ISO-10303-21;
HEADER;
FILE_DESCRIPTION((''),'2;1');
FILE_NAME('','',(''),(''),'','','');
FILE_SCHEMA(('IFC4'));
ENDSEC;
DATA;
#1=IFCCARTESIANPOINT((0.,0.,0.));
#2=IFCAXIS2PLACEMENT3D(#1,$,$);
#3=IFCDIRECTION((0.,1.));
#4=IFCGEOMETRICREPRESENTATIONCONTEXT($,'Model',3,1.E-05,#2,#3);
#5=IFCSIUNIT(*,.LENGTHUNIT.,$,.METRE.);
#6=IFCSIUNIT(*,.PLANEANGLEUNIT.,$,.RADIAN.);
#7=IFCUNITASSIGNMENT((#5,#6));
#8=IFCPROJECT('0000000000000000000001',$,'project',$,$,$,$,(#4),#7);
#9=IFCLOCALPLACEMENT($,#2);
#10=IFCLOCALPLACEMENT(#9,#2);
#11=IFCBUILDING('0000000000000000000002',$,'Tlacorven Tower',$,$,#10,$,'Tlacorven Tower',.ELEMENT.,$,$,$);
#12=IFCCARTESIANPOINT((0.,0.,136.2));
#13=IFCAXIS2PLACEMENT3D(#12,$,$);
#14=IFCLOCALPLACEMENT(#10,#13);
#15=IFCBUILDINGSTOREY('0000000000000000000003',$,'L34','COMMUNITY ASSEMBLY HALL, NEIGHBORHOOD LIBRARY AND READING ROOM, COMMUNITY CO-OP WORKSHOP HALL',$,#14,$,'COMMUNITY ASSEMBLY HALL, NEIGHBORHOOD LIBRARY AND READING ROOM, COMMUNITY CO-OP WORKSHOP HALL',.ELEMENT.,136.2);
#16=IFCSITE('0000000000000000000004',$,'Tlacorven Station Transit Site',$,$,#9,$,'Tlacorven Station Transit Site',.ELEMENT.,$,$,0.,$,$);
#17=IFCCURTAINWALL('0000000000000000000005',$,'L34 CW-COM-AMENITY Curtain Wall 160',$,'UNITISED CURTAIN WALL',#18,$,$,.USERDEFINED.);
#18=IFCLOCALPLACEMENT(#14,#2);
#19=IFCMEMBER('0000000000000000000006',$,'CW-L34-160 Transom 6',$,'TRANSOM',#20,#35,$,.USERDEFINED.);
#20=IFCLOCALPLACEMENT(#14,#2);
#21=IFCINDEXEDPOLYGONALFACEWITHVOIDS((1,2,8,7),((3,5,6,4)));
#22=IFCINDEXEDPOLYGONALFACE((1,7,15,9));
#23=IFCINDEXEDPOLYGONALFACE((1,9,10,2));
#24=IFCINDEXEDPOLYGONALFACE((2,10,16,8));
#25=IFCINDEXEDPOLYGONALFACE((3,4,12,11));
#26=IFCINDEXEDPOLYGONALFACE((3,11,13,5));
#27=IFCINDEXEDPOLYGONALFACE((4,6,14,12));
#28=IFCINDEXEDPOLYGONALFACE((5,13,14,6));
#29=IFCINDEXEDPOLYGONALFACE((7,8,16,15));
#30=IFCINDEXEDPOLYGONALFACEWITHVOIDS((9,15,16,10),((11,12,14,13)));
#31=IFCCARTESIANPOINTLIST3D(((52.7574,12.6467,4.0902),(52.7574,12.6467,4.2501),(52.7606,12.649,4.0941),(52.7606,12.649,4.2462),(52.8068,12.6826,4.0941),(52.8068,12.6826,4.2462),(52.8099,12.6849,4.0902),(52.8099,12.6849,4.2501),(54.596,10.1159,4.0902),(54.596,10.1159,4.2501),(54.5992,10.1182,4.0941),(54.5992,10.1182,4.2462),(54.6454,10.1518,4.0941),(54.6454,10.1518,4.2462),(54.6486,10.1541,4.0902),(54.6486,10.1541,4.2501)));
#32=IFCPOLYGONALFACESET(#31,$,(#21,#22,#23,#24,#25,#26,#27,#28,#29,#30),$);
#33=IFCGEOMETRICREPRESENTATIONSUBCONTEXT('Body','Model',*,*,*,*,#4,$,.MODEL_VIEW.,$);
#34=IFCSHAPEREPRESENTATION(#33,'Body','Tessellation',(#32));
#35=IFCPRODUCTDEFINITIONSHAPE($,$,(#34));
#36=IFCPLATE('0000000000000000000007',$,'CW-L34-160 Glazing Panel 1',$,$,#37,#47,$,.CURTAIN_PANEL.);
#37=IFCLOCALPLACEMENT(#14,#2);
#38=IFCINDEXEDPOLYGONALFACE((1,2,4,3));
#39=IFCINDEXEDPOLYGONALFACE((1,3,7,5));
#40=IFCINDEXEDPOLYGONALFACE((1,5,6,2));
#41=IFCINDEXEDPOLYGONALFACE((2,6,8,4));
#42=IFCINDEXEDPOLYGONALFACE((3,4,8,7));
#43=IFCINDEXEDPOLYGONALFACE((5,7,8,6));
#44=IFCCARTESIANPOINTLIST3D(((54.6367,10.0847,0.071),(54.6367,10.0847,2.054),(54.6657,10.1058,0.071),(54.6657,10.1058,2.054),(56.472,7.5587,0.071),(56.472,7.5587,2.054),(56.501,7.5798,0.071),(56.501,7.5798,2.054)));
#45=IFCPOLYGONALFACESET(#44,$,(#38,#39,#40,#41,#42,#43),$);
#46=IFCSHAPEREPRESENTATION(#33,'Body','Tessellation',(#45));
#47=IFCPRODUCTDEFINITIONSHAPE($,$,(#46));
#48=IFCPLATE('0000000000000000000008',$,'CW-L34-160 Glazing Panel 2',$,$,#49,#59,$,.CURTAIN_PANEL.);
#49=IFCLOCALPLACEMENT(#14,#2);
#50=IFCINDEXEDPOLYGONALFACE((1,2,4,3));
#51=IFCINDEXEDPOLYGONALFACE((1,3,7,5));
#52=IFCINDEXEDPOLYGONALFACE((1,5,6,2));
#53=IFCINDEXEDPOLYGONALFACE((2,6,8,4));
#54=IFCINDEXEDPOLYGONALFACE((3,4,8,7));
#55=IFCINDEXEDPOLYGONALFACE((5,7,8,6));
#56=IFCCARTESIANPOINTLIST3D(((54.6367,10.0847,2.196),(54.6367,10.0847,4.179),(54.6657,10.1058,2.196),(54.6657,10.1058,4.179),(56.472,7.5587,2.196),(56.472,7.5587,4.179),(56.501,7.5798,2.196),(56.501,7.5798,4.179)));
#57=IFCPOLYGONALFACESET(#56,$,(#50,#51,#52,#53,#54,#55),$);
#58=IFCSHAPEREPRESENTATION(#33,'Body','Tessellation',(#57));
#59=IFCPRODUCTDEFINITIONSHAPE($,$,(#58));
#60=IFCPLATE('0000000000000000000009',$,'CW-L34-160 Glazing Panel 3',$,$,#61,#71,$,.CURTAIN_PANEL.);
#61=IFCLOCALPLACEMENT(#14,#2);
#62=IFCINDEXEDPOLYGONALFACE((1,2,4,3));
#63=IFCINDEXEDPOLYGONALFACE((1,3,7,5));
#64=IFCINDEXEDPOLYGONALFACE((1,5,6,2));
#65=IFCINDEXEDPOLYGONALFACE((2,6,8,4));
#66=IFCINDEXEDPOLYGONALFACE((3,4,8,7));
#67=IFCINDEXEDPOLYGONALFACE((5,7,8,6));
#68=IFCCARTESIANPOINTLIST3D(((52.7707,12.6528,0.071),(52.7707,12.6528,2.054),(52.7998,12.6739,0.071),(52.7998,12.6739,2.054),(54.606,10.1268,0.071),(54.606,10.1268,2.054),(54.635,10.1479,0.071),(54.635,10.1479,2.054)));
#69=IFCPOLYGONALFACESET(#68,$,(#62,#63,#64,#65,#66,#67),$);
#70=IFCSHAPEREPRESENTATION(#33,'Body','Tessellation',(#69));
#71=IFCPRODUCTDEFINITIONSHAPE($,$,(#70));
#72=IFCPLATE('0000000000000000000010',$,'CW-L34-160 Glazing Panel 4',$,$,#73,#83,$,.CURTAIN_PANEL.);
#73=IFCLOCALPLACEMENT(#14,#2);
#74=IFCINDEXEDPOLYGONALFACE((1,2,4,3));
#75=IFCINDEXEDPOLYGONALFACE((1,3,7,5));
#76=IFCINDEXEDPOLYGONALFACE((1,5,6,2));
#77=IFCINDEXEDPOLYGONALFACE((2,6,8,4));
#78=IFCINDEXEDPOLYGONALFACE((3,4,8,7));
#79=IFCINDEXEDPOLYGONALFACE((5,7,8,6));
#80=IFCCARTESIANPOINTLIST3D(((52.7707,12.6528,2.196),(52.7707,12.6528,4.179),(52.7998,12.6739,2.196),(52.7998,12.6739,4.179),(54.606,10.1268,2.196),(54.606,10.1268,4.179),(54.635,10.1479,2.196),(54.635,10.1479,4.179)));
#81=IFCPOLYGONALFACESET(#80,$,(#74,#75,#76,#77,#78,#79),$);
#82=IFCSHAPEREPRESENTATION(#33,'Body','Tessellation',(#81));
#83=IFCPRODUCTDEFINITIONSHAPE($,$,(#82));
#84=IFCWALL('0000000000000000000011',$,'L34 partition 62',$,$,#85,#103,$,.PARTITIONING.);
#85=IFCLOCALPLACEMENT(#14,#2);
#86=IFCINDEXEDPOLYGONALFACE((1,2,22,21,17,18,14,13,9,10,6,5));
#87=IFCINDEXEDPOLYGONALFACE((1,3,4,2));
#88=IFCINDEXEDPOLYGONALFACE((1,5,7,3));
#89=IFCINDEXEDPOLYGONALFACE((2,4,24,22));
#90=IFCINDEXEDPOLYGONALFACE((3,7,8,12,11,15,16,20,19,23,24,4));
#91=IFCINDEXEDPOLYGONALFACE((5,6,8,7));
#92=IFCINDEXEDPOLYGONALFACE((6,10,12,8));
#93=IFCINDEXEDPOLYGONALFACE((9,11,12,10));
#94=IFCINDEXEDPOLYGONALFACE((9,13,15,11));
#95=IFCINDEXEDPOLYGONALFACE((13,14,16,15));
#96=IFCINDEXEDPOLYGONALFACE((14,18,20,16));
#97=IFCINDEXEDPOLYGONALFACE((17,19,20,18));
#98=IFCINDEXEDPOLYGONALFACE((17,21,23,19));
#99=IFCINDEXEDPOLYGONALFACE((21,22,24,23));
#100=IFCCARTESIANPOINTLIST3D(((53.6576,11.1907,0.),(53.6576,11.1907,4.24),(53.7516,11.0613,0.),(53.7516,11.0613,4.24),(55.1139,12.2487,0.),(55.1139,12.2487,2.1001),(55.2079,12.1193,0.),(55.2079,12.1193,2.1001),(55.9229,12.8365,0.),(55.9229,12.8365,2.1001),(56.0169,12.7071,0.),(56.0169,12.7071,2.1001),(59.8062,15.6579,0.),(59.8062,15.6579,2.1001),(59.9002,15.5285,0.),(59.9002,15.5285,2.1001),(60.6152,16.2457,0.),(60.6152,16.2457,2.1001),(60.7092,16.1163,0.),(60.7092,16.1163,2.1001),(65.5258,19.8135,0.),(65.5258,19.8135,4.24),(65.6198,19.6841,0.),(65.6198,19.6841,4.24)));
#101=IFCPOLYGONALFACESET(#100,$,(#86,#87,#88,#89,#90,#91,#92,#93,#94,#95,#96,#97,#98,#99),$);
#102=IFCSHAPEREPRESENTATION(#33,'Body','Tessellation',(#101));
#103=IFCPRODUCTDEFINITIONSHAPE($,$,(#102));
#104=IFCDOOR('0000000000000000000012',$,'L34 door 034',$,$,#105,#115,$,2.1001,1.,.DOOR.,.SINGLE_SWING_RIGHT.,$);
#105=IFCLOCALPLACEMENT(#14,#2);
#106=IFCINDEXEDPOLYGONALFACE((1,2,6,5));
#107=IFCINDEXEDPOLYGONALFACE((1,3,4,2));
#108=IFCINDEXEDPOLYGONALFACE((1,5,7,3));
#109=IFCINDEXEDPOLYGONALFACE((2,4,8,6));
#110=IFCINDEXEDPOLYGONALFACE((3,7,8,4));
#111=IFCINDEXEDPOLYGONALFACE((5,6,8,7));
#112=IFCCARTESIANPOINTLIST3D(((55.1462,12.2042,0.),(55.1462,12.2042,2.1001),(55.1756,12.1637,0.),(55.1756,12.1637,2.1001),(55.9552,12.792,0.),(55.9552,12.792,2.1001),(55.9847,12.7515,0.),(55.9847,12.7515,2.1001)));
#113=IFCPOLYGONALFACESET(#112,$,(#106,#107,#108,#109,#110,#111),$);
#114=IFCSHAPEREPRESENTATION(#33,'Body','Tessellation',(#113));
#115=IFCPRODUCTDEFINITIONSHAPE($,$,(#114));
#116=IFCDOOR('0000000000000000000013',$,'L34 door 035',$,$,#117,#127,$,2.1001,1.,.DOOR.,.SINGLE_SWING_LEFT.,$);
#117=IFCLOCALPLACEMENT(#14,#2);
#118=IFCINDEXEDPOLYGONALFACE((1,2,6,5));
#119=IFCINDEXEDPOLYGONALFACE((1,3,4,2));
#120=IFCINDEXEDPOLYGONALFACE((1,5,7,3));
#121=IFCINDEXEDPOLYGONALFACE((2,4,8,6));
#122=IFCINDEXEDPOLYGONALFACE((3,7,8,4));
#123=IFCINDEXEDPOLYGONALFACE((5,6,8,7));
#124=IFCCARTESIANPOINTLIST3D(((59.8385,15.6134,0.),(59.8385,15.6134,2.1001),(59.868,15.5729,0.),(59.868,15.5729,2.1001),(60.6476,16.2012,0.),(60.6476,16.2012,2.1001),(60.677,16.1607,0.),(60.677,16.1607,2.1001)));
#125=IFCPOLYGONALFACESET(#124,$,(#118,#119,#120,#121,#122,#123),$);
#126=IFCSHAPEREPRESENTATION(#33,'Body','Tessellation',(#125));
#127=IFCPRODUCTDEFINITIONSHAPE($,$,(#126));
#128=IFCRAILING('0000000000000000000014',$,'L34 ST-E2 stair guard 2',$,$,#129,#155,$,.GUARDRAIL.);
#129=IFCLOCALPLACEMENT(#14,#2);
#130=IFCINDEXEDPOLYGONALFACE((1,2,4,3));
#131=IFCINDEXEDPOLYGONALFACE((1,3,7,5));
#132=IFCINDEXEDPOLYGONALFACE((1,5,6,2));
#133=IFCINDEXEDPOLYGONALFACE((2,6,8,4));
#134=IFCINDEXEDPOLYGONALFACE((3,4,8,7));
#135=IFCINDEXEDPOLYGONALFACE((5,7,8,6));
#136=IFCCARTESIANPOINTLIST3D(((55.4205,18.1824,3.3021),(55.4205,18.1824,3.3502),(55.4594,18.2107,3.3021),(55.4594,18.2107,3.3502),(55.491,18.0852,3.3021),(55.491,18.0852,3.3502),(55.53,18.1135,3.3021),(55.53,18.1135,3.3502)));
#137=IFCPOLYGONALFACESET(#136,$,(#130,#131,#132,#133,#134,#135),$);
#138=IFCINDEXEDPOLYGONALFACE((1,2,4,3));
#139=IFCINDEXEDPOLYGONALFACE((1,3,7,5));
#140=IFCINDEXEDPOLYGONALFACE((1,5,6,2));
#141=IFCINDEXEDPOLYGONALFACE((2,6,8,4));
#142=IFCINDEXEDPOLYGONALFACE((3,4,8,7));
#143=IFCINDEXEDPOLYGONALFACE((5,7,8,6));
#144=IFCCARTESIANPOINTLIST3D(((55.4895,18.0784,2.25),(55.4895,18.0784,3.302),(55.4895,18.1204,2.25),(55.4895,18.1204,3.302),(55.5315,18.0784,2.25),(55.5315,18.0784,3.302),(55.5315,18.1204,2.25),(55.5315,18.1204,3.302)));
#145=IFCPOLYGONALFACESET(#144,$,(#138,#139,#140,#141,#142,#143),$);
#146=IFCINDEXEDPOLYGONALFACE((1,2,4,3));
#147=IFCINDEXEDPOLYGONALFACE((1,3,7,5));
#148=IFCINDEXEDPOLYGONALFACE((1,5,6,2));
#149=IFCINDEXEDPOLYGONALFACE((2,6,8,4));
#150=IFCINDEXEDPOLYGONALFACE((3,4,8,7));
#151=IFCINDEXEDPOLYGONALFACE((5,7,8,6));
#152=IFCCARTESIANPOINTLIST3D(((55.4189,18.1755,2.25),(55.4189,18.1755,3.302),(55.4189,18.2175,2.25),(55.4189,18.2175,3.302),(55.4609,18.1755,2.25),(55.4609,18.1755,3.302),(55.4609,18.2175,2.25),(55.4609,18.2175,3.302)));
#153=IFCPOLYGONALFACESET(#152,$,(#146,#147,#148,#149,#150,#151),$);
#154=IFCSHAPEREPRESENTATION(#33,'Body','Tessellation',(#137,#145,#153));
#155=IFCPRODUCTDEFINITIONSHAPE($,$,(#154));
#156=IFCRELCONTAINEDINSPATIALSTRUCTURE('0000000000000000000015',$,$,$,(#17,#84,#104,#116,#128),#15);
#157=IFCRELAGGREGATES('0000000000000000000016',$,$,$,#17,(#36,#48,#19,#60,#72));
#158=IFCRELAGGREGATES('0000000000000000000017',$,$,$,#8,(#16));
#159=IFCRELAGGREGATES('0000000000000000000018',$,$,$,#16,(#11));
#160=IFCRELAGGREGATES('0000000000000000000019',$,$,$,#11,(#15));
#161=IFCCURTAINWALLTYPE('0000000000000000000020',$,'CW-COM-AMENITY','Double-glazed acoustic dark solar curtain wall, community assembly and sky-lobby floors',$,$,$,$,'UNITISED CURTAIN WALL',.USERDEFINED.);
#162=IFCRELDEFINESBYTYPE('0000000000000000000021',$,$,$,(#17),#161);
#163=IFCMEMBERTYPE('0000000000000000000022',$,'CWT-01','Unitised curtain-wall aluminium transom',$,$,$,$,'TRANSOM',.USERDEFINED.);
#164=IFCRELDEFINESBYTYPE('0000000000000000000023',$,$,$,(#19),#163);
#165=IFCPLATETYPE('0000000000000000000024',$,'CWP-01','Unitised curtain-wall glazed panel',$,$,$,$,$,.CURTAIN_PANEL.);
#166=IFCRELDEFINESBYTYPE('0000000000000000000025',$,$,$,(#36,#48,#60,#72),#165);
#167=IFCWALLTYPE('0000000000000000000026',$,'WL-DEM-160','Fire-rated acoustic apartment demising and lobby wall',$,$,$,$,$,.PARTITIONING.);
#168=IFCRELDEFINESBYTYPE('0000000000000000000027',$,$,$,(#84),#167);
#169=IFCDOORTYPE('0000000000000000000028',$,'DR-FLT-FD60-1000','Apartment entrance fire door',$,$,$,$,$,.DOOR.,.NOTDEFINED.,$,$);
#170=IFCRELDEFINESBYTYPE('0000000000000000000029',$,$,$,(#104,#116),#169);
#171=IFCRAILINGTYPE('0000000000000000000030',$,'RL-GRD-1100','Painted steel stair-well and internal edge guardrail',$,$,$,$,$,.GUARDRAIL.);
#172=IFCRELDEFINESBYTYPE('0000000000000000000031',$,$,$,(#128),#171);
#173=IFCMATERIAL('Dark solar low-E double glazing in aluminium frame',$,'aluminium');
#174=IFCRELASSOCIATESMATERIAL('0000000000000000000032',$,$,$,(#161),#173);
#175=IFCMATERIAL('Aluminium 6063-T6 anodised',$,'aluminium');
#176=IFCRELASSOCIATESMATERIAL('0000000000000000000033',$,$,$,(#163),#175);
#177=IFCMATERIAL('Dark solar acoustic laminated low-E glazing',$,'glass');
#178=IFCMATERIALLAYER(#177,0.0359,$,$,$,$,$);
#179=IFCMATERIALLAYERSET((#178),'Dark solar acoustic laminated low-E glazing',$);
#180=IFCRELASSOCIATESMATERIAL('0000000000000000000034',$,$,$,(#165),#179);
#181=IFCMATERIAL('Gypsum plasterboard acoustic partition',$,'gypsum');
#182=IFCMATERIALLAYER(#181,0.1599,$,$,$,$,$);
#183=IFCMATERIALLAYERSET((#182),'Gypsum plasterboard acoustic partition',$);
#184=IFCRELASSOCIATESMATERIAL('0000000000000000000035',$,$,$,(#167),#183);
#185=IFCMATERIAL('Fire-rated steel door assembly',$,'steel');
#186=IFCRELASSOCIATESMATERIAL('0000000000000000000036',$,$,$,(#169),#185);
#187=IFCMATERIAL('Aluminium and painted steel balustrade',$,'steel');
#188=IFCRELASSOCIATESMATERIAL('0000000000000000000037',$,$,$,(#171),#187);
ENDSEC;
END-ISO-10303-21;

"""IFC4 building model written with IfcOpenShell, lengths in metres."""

from ifc_helpers import new_model, si_unit, direction, frame, frame_2d, origin, origin_2d, place, context, subcontext, project, spatial, rectangle, hollow_rectangle, extrude, source, transform, mapped, material, layer, layer_set, material_profile, profile_set, type_object, element, fill, aggregate, save


model = new_model("IFC4")

# Units and contexts
model_context = context("Model", 3, precision=1e-05, world=origin(), true_north=direction((0.0, 1.0)))
body_context = subcontext(model_context, "Body", "Model", "MODEL_VIEW")
ifc_project = project(units=[si_unit("LENGTHUNIT", "METRE"), si_unit("PLANEANGLEUNIT", "RADIAN")], contexts=[model_context])

# Site, building, storey
site_placement = place(None, origin())
site = spatial("IfcSite", under=ifc_project, at=site_placement, Name="Tlacorven Station Transit Site", LongName="Tlacorven Station Transit Site", CompositionType="ELEMENT", RefElevation=0.0)
building_placement = place(site_placement, origin())
building = spatial("IfcBuilding", under=site, at=building_placement, Name="Tlacorven Tower", LongName="Tlacorven Tower", CompositionType="ELEMENT")
storey_placement = place(building_placement, frame((0.0, 0.0, 136.2)))
storey = spatial("IfcBuildingStorey", under=building, at=storey_placement, Name="L34", Description="COMMUNITY ASSEMBLY HALL, NEIGHBORHOOD LIBRARY AND READING ROOM, COMMUNITY CO-OP WORKSHOP HALL", LongName="COMMUNITY ASSEMBLY HALL, NEIGHBORHOOD LIBRARY AND READING ROOM, COMMUNITY CO-OP WORKSHOP HALL", CompositionType="ELEMENT", Elevation=136.2)

# Curtain wall, member, plates
ifc_material_1 = material(Name="Dark solar low-E double glazing in aluminium frame", Category="aluminium")
curtain_wall_type = type_object("IfcCurtainWallType", Name="CW-COM-AMENITY", Description="Double-glazed acoustic dark solar curtain wall, community assembly and sky-lobby floors", ElementType="UNITISED CURTAIN WALL", PredefinedType="USERDEFINED", material=ifc_material_1)
curtain_wall_placement = place(storey_placement, origin())
curtain_wall = element("IfcCurtainWall", 1, at=curtain_wall_placement, inside=storey, type_object=curtain_wall_type, Name="L34 CW-COM-AMENITY Curtain Wall 160", ObjectType="UNITISED CURTAIN WALL", PredefinedType="USERDEFINED")
ifc_material_2 = material(Name="Aluminium 6063-T6 anodised", Category="aluminium")
ifc_material_profile_1 = material_profile(ifc_material_2, hollow_rectangle(XDim=0.0649, YDim=0.1599, WallThickness=0.0039, at=origin_2d()), Name="ALU TRANSOM 65X160")
ifc_profile_set_1 = profile_set([ifc_material_profile_1], Name="Aluminium 6063-T6 anodised")
member_type_1 = type_object("IfcMemberType", Name="CWT-01", Description="Unitised curtain-wall aluminium transom", ElementType="TRANSOM", PredefinedType="USERDEFINED", material=ifc_profile_set_1)
shared_shape_1 = source(origin(), body_context, "Body", "SweptSolid", [
    extrude(hollow_rectangle(XDim=0.0649, YDim=0.1599, WallThickness=0.0039, at=origin_2d()), origin(), (0.0, 0.0, 1.0), 3.1282),
])
member_1_placement = place(storey_placement, frame((54.6223, 10.135, 4.1702), z_axis=(-0.587768, 0.80903, 0.0), x_axis=(-0.80903, -0.587768, 0.0)))
member_1 = element("IfcMember", 2, at=member_1_placement, type_object=member_type_1, Name="CW-L34-160 Transom 6", ObjectType="TRANSOM", PredefinedType="USERDEFINED", context=body_context, shape_type="MappedRepresentation", body=[
    mapped(shared_shape_1, transform((0.0, 0.0, 0.0), scale=1.0)),
])
ifc_material_3 = material(Name="Dark solar acoustic laminated low-E glazing", Category="glass")
ifc_layer_1 = layer(ifc_material_3, 0.0359)
ifc_layer_set_1 = layer_set([ifc_layer_1], Name="Dark solar acoustic laminated low-E glazing")
plate_type = type_object("IfcPlateType", Name="CWP-01", Description="Unitised curtain-wall glazed panel", PredefinedType="CURTAIN_PANEL", material=ifc_layer_set_1)
shared_shape_2 = source(origin(), body_context, "Body", "SweptSolid", [
    extrude(rectangle(XDim=3.1223, YDim=0.0359, at=origin_2d()), origin(), (0.0, 0.0, 1.0), 1.9829),
])
plate_1_placement = place(storey_placement, frame((55.5688, 8.8323, 0.071), z_axis=(0.0, 0.0, 1.0), x_axis=(-0.587785, 0.809017, 0.0)))
plate_1 = element("IfcPlate", 3, at=plate_1_placement, type_object=plate_type, Name="CW-L34-160 Glazing Panel 1", PredefinedType="CURTAIN_PANEL", context=body_context, shape_type="MappedRepresentation", body=[
    mapped(shared_shape_2, transform((0.0, 0.0, 0.0), scale=1.0)),
])
plate_2_placement = place(storey_placement, frame((55.5688, 8.8323, 2.196), z_axis=(0.0, 0.0, 1.0), x_axis=(-0.587785, 0.809017, 0.0)))
plate_2 = element("IfcPlate", 4, at=plate_2_placement, type_object=plate_type, Name="CW-L34-160 Glazing Panel 2", PredefinedType="CURTAIN_PANEL", context=body_context, shape_type="MappedRepresentation", body=[
    mapped(shared_shape_2, transform((0.0, 0.0, 0.0), scale=1.0)),
])
plate_3_placement = place(storey_placement, frame((53.7029, 11.4004, 0.071), z_axis=(0.0, 0.0, 1.0), x_axis=(-0.587785, 0.809017, 0.0)))
plate_3 = element("IfcPlate", 5, at=plate_3_placement, type_object=plate_type, Name="CW-L34-160 Glazing Panel 3", PredefinedType="CURTAIN_PANEL", context=body_context, shape_type="MappedRepresentation", body=[
    mapped(shared_shape_2, transform((0.0, 0.0, 0.0), scale=1.0)),
])
plate_4_placement = place(storey_placement, frame((53.7029, 11.4004, 2.196), z_axis=(0.0, 0.0, 1.0), x_axis=(-0.587785, 0.809017, 0.0)))
plate_4 = element("IfcPlate", 6, at=plate_4_placement, type_object=plate_type, Name="CW-L34-160 Glazing Panel 4", PredefinedType="CURTAIN_PANEL", context=body_context, shape_type="MappedRepresentation", body=[
    mapped(shared_shape_2, transform((0.0, 0.0, 0.0), scale=1.0)),
])
aggregate(curtain_wall, [plate_1, plate_2, member_1, plate_3, plate_4])

# Wall, openings, doors
ifc_material_4 = material(Name="Gypsum plasterboard acoustic partition", Category="gypsum")
ifc_layer_2 = layer(ifc_material_4, 0.1599)
ifc_layer_set_2 = layer_set([ifc_layer_2], Name="Gypsum plasterboard acoustic partition")
wall_type = type_object("IfcWallType", Name="WL-DEM-160", Description="Fire-rated acoustic apartment demising and lobby wall", PredefinedType="PARTITIONING", material=ifc_layer_set_2)
wall_placement = place(storey_placement, frame((53.7046, 11.126, 0.0), z_axis=(0.0, 0.0, 1.0), x_axis=(0.809015, 0.587789, 0.0)))
wall = element("IfcWall", 7, at=wall_placement, inside=storey, type_object=wall_type, Name="L34 partition 62", PredefinedType="PARTITIONING", context=body_context, shape_type="SweptSolid", body=[
    extrude(rectangle(XDim=14.6699, YDim=0.1599, at=frame_2d((7.335, 0.0))), origin(), (0.0, 0.0, 1.0), 4.24),
])
opening_1_placement = place(wall_placement, frame((1.8, 0.0, 0.0)))
opening_1 = element("IfcOpeningElement", 8, at=opening_1_placement, cuts=wall, PredefinedType="OPENING", context=body_context, shape_type="SweptSolid", body=[
    extrude(rectangle(XDim=1.0, YDim=2.1001, at=frame_2d((0.5, 1.05))), frame((0.0, 0.0898, 0.0), z_axis=(0.0, -1.0, 0.0), x_axis=(1.0, 0.0, 0.0)), (0.0, 0.0, 1.0), 0.1799),
])
opening_2_placement = place(wall_placement, frame((7.6001, 0.0, 0.0)))
opening_2 = element("IfcOpeningElement", 9, at=opening_2_placement, cuts=wall, PredefinedType="OPENING", context=body_context, shape_type="SweptSolid", body=[
    extrude(rectangle(XDim=1.0, YDim=2.1001, at=frame_2d((0.5, 1.05))), frame((0.0, 0.0898, 0.0), z_axis=(0.0, -1.0, 0.0), x_axis=(1.0, 0.0, 0.0)), (0.0, 0.0, 1.0), 0.1799),
])
ifc_material_5 = material(Name="Fire-rated steel door assembly", Category="steel")
door_type = type_object("IfcDoorType", Name="DR-FLT-FD60-1000", Description="Apartment entrance fire door", OperationType="NOTDEFINED", PredefinedType="DOOR", material=ifc_material_5)
shared_shape_3 = source(origin(), body_context, "Body", "SweptSolid", [
    extrude(rectangle(XDim=1.0, YDim=2.1001, at=frame_2d((0.5, 1.05))), frame((0.0, 0.0249, 0.0), z_axis=(0.0, -1.0, 0.0), x_axis=(1.0, 0.0, 0.0)), (0.0, 0.0, 1.0), 0.05),
])
door_1_placement = place(opening_1_placement, origin())
door_1 = element("IfcDoor", 10, at=door_1_placement, inside=storey, type_object=door_type, Name="L34 door 034", OperationType="SINGLE_SWING_RIGHT", OverallHeight=2.1001, OverallWidth=1.0, PredefinedType="DOOR", context=body_context, shape_type="MappedRepresentation", body=[
    mapped(shared_shape_3, transform((0.0, 0.0, 0.0), scale=1.0)),
])
fill(opening_1, door_1)
door_2_placement = place(opening_2_placement, origin())
door_2 = element("IfcDoor", 11, at=door_2_placement, inside=storey, type_object=door_type, Name="L34 door 035", OperationType="SINGLE_SWING_LEFT", OverallHeight=2.1001, OverallWidth=1.0, PredefinedType="DOOR", context=body_context, shape_type="MappedRepresentation", body=[
    mapped(shared_shape_3, transform((0.0, 0.0, 0.0), scale=1.0)),
])
fill(opening_2, door_2)

# Railing
ifc_material_6 = material(Name="Aluminium and painted steel balustrade", Category="steel")
railing_type_1 = type_object("IfcRailingType", Name="RL-GRD-1100", Description="Painted steel stair-well and internal edge guardrail", PredefinedType="GUARDRAIL", material=ifc_material_6)
shared_shape_4 = source(origin(), body_context, "Body", "SweptSolid", [
    extrude(rectangle(XDim=0.0481, YDim=0.0481, at=origin_2d()), frame((0.0, 0.0, 1.0762), z_axis=(-0.587567, 0.809175, 0.0), x_axis=(-0.809175, -0.587567, 0.0)), (0.0, 0.0, 1.0), 0.1201),
    extrude(rectangle(XDim=0.042, YDim=0.042, at=origin_2d()), origin(), (0.0, 0.0, 1.0), 1.052),
    extrude(rectangle(XDim=0.042, YDim=0.042, at=origin_2d()), frame((-0.0706, 0.0972, 0.0)), (0.0, 0.0, 1.0), 1.052),
])
railing_1_placement = place(storey_placement, frame((55.5105, 18.0994, 2.25)))
element("IfcRailing", 12, at=railing_1_placement, inside=storey, type_object=railing_type_1, Name="L34 ST-E2 stair guard 2", PredefinedType="GUARDRAIL", context=body_context, shape_type="MappedRepresentation", body=[
    mapped(shared_shape_4, transform((0.0, 0.0, 0.0), scale=1.0)),
])

save(model, "model.ifc")
